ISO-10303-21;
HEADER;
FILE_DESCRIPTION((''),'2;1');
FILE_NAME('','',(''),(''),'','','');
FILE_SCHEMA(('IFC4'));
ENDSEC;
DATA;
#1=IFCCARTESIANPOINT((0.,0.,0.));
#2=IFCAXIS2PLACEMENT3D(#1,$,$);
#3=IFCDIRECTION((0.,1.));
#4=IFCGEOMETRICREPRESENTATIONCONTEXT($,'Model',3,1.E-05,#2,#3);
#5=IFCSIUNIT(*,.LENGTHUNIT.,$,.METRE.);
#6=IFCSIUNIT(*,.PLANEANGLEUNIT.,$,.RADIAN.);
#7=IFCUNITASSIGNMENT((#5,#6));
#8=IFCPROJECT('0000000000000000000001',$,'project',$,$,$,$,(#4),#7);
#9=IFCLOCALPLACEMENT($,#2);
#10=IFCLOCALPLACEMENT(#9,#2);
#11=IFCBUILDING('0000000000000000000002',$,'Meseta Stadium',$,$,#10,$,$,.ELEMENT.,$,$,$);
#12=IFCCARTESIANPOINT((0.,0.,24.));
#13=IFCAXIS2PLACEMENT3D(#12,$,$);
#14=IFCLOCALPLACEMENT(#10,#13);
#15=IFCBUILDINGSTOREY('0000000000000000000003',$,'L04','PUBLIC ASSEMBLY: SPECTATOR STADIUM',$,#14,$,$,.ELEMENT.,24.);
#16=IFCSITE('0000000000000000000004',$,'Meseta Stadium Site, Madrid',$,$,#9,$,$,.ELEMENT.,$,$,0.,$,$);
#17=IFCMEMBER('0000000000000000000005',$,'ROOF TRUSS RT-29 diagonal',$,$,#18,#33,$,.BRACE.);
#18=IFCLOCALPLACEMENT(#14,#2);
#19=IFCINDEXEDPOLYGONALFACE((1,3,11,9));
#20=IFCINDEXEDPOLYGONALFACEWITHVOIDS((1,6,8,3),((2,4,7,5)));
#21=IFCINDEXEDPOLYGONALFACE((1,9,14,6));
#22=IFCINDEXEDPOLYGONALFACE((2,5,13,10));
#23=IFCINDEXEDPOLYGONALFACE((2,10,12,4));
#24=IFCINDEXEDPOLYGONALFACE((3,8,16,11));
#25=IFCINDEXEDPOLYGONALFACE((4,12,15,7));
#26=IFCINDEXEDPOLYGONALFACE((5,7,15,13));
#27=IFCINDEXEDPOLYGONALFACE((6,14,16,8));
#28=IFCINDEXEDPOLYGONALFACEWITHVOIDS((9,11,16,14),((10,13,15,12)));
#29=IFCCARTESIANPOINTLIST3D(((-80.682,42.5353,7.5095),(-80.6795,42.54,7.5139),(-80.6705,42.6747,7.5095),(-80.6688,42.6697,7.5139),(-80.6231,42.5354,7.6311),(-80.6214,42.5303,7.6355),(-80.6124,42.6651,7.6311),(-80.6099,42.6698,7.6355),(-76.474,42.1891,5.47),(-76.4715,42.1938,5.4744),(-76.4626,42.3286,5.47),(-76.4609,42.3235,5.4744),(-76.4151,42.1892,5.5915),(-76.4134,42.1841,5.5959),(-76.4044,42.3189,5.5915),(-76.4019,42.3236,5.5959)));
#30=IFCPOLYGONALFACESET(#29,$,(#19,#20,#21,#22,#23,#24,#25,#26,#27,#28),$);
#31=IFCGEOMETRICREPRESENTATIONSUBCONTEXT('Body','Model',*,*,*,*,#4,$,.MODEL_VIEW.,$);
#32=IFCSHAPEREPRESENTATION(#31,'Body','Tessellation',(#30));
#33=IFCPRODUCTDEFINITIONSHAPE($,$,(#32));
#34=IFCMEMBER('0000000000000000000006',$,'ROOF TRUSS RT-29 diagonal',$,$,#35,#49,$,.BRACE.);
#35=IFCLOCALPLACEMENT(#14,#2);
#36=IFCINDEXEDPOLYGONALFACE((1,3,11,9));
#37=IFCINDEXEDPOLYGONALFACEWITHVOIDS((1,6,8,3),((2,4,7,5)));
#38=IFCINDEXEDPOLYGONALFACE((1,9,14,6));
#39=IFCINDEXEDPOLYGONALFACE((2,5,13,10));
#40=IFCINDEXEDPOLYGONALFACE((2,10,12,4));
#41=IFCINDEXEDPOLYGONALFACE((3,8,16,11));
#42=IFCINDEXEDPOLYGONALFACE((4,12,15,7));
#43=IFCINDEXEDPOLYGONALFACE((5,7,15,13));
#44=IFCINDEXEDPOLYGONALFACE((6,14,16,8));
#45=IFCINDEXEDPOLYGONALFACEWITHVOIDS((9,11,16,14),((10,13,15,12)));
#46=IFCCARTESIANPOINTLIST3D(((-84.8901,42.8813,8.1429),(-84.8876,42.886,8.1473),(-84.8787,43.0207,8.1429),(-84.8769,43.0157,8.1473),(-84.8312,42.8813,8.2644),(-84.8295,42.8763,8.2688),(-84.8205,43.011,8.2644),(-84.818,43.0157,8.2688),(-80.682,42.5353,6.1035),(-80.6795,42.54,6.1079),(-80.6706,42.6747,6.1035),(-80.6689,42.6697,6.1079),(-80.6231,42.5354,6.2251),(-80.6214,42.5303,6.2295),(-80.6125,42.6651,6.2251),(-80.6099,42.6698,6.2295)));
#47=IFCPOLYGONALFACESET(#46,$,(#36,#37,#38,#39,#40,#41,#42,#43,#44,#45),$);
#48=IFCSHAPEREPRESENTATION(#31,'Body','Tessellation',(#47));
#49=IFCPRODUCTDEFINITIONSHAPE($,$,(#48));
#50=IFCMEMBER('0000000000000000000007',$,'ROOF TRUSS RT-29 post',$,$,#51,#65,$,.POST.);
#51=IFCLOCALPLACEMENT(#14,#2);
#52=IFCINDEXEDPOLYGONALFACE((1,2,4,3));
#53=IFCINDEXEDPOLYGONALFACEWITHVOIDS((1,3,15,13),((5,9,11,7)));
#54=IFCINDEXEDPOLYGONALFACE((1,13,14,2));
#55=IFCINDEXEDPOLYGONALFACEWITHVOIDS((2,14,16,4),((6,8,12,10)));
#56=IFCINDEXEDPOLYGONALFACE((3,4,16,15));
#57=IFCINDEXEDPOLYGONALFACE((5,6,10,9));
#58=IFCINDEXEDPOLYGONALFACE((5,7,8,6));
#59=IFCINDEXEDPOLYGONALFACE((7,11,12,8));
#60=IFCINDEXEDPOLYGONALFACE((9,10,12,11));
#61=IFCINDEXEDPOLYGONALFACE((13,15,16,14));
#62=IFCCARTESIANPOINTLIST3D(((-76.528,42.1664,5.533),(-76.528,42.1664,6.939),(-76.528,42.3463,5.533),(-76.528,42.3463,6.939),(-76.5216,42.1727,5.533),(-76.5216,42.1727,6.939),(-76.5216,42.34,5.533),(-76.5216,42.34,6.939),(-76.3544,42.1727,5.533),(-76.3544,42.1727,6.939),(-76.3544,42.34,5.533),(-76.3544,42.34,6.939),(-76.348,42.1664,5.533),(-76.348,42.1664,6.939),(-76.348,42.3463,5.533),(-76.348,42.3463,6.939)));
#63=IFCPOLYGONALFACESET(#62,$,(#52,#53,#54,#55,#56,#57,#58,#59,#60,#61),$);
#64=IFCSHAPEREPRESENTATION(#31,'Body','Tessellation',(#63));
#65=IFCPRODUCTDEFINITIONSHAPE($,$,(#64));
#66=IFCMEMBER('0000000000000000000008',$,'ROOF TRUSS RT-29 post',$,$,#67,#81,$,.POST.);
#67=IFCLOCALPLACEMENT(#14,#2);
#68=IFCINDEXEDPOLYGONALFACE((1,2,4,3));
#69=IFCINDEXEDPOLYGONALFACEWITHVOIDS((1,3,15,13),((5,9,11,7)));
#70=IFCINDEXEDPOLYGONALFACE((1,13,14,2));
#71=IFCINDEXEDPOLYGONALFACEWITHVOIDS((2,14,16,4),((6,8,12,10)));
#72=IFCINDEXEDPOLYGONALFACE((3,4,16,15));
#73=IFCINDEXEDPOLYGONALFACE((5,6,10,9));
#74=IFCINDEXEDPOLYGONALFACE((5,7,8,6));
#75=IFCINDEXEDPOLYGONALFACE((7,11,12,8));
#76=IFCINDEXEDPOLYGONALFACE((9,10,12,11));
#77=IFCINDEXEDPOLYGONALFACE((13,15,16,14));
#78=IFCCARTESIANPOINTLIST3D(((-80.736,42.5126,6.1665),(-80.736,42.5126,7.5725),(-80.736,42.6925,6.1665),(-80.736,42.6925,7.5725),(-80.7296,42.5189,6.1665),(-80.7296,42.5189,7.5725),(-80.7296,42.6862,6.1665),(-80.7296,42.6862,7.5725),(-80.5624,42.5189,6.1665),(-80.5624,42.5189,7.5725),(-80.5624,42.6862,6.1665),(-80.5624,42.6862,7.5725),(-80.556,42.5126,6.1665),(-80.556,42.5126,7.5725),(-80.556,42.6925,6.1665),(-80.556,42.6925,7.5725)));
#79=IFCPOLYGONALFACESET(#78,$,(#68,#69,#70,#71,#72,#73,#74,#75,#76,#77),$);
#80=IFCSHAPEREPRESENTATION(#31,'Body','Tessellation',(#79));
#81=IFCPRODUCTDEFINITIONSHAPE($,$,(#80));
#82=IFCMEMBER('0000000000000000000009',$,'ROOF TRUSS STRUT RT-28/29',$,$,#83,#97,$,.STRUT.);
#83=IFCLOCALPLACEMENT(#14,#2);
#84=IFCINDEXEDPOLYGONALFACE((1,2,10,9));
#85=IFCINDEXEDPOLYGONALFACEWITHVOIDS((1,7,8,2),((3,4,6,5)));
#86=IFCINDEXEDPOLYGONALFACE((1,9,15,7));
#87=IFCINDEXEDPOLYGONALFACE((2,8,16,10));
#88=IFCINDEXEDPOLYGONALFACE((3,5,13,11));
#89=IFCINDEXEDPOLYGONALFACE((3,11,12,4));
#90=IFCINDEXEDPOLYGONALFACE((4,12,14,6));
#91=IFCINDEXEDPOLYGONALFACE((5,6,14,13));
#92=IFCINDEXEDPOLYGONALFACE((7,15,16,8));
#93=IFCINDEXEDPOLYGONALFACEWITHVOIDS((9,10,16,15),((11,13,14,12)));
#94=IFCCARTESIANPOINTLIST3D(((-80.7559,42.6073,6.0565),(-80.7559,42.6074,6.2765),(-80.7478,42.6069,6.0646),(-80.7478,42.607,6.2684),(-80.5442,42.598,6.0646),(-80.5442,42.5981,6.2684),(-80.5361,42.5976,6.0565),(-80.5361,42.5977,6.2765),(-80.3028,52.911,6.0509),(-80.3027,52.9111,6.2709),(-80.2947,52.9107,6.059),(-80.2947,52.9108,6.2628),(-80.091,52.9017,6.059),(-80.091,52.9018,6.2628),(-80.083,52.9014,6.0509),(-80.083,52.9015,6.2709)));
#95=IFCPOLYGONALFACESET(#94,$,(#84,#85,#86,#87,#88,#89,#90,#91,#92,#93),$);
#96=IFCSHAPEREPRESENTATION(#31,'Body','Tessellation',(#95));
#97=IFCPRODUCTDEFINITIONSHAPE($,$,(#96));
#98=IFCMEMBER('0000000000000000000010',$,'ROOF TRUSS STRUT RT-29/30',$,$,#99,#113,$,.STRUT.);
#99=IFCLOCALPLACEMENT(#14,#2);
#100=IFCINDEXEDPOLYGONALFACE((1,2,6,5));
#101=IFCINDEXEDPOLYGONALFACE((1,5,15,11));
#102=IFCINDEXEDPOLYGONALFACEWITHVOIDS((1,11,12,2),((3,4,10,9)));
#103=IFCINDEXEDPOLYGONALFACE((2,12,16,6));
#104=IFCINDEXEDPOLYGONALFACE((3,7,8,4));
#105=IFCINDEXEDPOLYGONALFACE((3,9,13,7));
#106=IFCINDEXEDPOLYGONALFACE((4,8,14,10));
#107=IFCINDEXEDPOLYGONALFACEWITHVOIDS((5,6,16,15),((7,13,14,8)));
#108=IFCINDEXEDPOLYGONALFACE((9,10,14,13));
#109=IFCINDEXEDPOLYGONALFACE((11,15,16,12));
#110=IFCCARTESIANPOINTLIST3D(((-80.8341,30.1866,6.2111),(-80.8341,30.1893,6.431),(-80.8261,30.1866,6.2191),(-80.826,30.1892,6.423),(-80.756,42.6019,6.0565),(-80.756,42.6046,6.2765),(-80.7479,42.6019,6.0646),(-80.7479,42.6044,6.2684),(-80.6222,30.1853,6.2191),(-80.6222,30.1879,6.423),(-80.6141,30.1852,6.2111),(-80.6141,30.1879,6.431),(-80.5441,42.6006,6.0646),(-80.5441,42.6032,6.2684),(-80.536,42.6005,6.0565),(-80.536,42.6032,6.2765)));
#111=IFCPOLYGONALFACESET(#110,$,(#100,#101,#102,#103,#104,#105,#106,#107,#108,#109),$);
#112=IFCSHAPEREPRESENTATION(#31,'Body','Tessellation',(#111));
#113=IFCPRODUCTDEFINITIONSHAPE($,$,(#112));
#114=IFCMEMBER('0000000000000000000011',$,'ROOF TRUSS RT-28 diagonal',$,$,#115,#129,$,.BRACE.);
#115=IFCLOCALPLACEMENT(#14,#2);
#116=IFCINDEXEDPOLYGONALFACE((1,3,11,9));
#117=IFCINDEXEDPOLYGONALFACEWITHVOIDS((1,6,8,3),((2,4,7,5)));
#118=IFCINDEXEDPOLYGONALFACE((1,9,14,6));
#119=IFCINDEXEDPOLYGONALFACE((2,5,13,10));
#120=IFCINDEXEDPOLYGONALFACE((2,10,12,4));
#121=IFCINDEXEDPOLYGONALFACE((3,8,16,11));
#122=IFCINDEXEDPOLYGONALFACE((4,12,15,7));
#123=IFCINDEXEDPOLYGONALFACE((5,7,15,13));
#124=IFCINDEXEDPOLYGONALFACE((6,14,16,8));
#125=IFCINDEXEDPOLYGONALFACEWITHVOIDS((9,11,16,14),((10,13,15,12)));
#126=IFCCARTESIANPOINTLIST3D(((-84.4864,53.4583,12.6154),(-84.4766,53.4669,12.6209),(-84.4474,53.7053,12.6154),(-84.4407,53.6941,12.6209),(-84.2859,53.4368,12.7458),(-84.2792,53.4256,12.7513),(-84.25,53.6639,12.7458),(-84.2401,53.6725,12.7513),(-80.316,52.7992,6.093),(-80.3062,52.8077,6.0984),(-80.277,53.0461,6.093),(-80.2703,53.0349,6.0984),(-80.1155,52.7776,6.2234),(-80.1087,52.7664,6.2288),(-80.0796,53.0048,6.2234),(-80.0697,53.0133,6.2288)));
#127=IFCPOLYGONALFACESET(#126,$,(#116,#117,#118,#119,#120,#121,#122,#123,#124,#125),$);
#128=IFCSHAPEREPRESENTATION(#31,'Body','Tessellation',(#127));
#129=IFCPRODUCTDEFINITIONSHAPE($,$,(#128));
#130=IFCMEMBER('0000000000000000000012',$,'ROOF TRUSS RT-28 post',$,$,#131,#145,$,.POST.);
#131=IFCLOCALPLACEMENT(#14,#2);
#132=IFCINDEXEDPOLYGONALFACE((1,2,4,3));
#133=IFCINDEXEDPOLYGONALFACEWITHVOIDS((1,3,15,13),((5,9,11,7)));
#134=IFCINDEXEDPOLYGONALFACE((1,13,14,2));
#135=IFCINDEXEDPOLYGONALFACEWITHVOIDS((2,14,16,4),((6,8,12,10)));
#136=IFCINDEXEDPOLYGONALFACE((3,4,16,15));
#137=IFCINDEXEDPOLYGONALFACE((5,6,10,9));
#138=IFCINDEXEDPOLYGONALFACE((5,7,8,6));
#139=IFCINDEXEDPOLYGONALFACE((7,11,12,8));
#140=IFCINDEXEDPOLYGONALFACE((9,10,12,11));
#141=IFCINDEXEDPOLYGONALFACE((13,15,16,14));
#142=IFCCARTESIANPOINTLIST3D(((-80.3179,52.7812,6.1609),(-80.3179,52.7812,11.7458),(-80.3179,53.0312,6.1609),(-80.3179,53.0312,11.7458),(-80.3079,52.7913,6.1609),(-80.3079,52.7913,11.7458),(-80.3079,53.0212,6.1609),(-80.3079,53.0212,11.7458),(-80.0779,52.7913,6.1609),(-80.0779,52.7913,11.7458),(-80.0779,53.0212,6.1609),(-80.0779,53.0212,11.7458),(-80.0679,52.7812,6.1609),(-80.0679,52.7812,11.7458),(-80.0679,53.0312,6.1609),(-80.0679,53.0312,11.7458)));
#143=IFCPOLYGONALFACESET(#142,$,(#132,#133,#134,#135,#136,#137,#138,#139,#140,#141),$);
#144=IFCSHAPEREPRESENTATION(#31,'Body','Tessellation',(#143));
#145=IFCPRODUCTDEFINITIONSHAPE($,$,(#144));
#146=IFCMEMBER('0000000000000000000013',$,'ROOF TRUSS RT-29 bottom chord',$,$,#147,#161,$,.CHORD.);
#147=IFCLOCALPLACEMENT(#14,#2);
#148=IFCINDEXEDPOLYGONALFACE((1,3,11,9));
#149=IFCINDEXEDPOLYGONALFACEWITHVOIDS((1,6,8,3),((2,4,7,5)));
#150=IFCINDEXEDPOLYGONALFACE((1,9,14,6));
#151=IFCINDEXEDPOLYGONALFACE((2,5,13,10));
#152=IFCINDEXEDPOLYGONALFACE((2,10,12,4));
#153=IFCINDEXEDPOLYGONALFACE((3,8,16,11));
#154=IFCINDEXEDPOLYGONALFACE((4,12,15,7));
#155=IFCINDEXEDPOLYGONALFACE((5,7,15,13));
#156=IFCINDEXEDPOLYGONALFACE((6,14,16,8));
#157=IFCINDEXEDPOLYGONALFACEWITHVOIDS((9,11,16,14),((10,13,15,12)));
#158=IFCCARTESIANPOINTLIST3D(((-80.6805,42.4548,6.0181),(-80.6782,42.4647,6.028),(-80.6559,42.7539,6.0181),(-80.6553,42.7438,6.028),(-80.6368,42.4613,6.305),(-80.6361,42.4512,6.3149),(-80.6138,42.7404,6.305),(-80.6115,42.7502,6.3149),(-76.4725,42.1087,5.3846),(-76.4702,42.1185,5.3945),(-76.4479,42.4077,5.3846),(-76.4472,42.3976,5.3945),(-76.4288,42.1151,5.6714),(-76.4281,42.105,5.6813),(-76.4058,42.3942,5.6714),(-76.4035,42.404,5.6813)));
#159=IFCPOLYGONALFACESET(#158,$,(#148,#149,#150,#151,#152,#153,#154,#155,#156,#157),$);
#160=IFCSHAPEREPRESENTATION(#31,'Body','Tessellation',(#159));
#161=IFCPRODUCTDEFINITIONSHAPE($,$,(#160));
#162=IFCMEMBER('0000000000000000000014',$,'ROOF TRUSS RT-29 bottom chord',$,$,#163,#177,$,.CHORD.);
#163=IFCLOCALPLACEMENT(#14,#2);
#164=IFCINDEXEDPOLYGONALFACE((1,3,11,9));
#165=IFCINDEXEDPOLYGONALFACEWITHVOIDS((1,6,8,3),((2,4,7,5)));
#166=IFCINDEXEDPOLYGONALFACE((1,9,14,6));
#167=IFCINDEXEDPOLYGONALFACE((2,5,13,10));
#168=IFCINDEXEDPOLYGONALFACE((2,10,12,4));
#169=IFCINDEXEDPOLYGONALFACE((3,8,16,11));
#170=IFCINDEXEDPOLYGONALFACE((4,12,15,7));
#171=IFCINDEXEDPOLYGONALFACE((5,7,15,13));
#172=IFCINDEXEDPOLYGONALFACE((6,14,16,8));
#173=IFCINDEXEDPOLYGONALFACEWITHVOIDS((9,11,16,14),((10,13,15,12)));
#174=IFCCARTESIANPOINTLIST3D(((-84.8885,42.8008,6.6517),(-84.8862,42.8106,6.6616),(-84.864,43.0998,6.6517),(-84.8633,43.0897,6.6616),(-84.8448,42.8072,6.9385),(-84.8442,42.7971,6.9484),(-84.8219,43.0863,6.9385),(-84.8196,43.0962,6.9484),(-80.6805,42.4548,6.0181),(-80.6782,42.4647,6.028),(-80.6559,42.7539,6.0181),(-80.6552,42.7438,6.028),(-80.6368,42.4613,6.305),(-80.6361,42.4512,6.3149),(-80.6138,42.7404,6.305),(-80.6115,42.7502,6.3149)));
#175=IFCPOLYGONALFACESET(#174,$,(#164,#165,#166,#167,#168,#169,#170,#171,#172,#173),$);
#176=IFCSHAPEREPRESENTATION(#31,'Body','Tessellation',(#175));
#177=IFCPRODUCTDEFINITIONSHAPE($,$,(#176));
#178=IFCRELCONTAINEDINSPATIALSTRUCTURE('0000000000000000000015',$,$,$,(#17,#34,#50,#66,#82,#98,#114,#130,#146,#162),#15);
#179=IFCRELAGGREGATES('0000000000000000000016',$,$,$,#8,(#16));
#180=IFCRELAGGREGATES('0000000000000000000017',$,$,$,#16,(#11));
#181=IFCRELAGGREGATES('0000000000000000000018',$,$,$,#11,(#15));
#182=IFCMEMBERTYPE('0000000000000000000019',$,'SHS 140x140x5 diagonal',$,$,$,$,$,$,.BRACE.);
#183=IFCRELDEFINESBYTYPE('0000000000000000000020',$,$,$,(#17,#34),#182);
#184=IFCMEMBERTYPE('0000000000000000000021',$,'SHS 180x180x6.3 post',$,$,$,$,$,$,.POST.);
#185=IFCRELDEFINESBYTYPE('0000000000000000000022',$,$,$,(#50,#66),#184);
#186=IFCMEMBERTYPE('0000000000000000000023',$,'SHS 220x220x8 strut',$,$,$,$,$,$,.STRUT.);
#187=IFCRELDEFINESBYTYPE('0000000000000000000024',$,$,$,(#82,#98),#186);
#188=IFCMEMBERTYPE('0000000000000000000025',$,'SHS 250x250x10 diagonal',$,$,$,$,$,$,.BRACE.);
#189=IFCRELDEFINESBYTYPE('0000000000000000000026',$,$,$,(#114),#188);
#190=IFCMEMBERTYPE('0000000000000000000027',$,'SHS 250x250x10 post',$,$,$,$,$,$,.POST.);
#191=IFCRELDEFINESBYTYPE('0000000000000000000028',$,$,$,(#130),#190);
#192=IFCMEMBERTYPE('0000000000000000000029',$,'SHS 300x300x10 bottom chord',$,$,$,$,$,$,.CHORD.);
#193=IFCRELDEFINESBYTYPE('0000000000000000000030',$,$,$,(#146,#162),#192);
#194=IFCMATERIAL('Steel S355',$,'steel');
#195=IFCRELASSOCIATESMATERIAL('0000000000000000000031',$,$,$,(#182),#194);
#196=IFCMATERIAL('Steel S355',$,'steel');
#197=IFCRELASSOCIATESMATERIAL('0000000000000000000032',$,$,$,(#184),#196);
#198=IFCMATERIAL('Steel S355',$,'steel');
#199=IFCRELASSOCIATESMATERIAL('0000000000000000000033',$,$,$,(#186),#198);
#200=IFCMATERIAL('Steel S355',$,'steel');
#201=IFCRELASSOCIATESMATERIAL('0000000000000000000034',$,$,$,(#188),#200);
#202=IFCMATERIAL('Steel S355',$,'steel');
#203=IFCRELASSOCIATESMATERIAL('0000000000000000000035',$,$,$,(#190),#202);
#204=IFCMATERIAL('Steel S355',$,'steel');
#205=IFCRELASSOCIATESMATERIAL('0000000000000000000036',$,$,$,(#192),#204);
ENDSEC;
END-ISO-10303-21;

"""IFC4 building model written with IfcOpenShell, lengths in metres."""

from ifc_helpers import new_model, si_unit, direction, frame, origin, origin_2d, place, context, subcontext, project, spatial, hollow_rectangle, extrude, material, material_profile, profile_set, type_object, element, save


model = new_model("IFC4")

# Units and contexts
model_context = context("Model", 3, precision=1e-05, world=origin(), true_north=direction((0.0, 1.0)))
body_context = subcontext(model_context, "Body", "Model", "MODEL_VIEW")
ifc_project = project(units=[si_unit("LENGTHUNIT", "METRE"), si_unit("PLANEANGLEUNIT", "RADIAN")], contexts=[model_context])

# Site, building, storey
site_placement = place(None, origin())
site = spatial("IfcSite", under=ifc_project, at=site_placement, Name="Meseta Stadium Site, Madrid", CompositionType="ELEMENT", RefElevation=0.0)
building_placement = place(site_placement, origin())
building = spatial("IfcBuilding", under=site, at=building_placement, Name="Meseta Stadium", CompositionType="ELEMENT")
storey_placement = place(building_placement, frame((0.0, 0.0, 24.0)))
storey = spatial("IfcBuildingStorey", under=building, at=storey_placement, Name="L04", Description="PUBLIC ASSEMBLY: SPECTATOR STADIUM", CompositionType="ELEMENT", Elevation=24.0)

# Members
ifc_material_1 = material(Name="Steel S355", Category="steel")
ifc_material_profile_1 = material_profile(ifc_material_1, hollow_rectangle(XDim=0.1399, YDim=0.1399, WallThickness=0.0049, at=origin_2d()), Name="SHS 140x140x5")
ifc_profile_set_1 = profile_set([ifc_material_profile_1], Name="Steel S355")
member_type_1 = type_object("IfcMemberType", Name="SHS 140x140x5 diagonal", PredefinedType="BRACE", material=ifc_profile_set_1)
for number, where, z_axis, x_axis, name in (
    (1, (-76.438, 42.2563, 5.533), (-0.897417, 0.07383, 0.434963), (-0.081993, -0.996633, 0.0), "ROOF TRUSS RT-29 diagonal"),
    (2, (-80.646, 42.6025, 6.1665), (-0.89744, 0.07378, 0.434922), (-0.081935, -0.996638, 0.0), "ROOF TRUSS RT-29 diagonal"),
):
    element("IfcMember", number, at=place(storey_placement, frame(where, z_axis=z_axis, x_axis=x_axis)), inside=storey, type_object=member_type_1, Name=name, PredefinedType="BRACE", context=body_context, shape_type="SweptSolid", body=[
        extrude(hollow_rectangle(XDim=0.1399, YDim=0.1399, WallThickness=0.0049, at=origin_2d()), origin(), (0.0, 0.0, 1.0), 4.689),
    ])
ifc_material_2 = material(Name="Steel S355", Category="steel")
ifc_material_profile_2 = material_profile(ifc_material_2, hollow_rectangle(XDim=0.1799, YDim=0.1799, WallThickness=0.0063, at=origin_2d()), Name="SHS 180x180x6.3")
ifc_profile_set_2 = profile_set([ifc_material_profile_2], Name="Steel S355")
member_type_2 = type_object("IfcMemberType", Name="SHS 180x180x6.3 post", PredefinedType="POST", material=ifc_profile_set_2)
for number, where, z_axis, x_axis, name in (
    (3, (-76.438, 42.2563, 5.533), (0.0, 0.0, 1.0), (1.0, 0.0, 0.0), "ROOF TRUSS RT-29 post"),
    (4, (-80.646, 42.6025, 6.1665), (0.0, 0.0, 1.0), (1.0, 0.0, 0.0), "ROOF TRUSS RT-29 post"),
):
    element("IfcMember", number, at=place(storey_placement, frame(where, z_axis=z_axis, x_axis=x_axis)), inside=storey, type_object=member_type_2, Name=name, PredefinedType="POST", context=body_context, shape_type="SweptSolid", body=[
        extrude(hollow_rectangle(XDim=0.1799, YDim=0.1799, WallThickness=0.0063, at=origin_2d()), origin(), (0.0, 0.0, 1.0), 1.406),
    ])
ifc_material_3 = material(Name="Steel S355", Category="steel")
ifc_material_profile_3 = material_profile(ifc_material_3, hollow_rectangle(XDim=0.22, YDim=0.22, WallThickness=0.0081, at=origin_2d()), Name="SHS 220x220x8")
ifc_profile_set_3 = profile_set([ifc_material_profile_3], Name="Steel S355")
member_type_3 = type_object("IfcMemberType", Name="SHS 220x220x8 strut", PredefinedType="STRUT", material=ifc_profile_set_3)
member_1_placement = place(storey_placement, frame((-80.1929, 52.9062, 6.1609), z_axis=(-0.043934, -0.999034, 0.000544), x_axis=(0.999034, -0.043934, 0.0)))
element("IfcMember", 5, at=member_1_placement, inside=storey, type_object=member_type_3, Name="ROOF TRUSS STRUT RT-28/29", PredefinedType="STRUT", context=body_context, shape_type="SweptSolid", body=[
    extrude(hollow_rectangle(XDim=0.22, YDim=0.22, WallThickness=0.0081, at=origin_2d()), origin(), (0.0, 0.0, 1.0), 10.3137),
])
member_2_placement = place(storey_placement, frame((-80.646, 42.6025, 6.1665), z_axis=(-0.006292, -0.999903, 0.012446), x_axis=(0.99998, -0.006293, 0.0)))
element("IfcMember", 6, at=member_2_placement, inside=storey, type_object=member_type_3, Name="ROOF TRUSS STRUT RT-29/30", PredefinedType="STRUT", context=body_context, shape_type="SweptSolid", body=[
    extrude(hollow_rectangle(XDim=0.22, YDim=0.22, WallThickness=0.0081, at=origin_2d()), origin(), (0.0, 0.0, 1.0), 12.4165),
])
ifc_material_4 = material(Name="Steel S355", Category="steel")
ifc_material_profile_4 = material_profile(ifc_material_4, hollow_rectangle(XDim=0.25, YDim=0.25, WallThickness=0.01, at=origin_2d()), Name="SHS 250x250x10")
ifc_profile_set_4 = profile_set([ifc_material_profile_4], Name="Steel S355")
member_type_4 = type_object("IfcMemberType", Name="SHS 250x250x10 diagonal", PredefinedType="BRACE", material=ifc_profile_set_4)
member_3_placement = place(storey_placement, frame((-80.1929, 52.9062, 6.1609), z_axis=(-0.536748, 0.084839, 0.839466), x_axis=(-0.156123, -0.987738, 0.0)))
element("IfcMember", 7, at=member_3_placement, inside=storey, type_object=member_type_4, Name="ROOF TRUSS RT-28 diagonal", PredefinedType="BRACE", context=body_context, shape_type="SweptSolid", body=[
    extrude(hollow_rectangle(XDim=0.25, YDim=0.25, WallThickness=0.01, at=origin_2d()), origin(), (0.0, 0.0, 1.0), 7.7698),
])
ifc_material_5 = material(Name="Steel S355", Category="steel")
ifc_material_profile_5 = material_profile(ifc_material_5, hollow_rectangle(XDim=0.25, YDim=0.25, WallThickness=0.01, at=origin_2d()), Name="SHS 250x250x10")
ifc_profile_set_5 = profile_set([ifc_material_profile_5], Name="Steel S355")
member_type_5 = type_object("IfcMemberType", Name="SHS 250x250x10 post", PredefinedType="POST", material=ifc_profile_set_5)
member_4_placement = place(storey_placement, frame((-80.1929, 52.9062, 6.1609), z_axis=(0.0, 0.0, 1.0), x_axis=(1.0, 0.0, 0.0)))
element("IfcMember", 8, at=member_4_placement, inside=storey, type_object=member_type_5, Name="ROOF TRUSS RT-28 post", PredefinedType="POST", context=body_context, shape_type="SweptSolid", body=[
    extrude(hollow_rectangle(XDim=0.25, YDim=0.25, WallThickness=0.01, at=origin_2d()), origin(), (0.0, 0.0, 1.0), 5.585),
])
ifc_material_6 = material(Name="Steel S355", Category="steel")
ifc_material_profile_6 = material_profile(ifc_material_6, hollow_rectangle(XDim=0.3, YDim=0.3, WallThickness=0.01, at=origin_2d()), Name="SHS 300x300x10")
ifc_profile_set_6 = profile_set([ifc_material_profile_6], Name="Steel S355")
member_type_6 = type_object("IfcMemberType", Name="SHS 300x300x10 bottom chord", PredefinedType="CHORD", material=ifc_profile_set_6)
for number, where, z_axis, x_axis, name in (
    (9, (-76.438, 42.2563, 5.533), (-0.985599, 0.081085, 0.148389), (-0.081993, -0.996633, 0.0), "ROOF TRUSS RT-29 bottom chord"),
    (10, (-80.646, 42.6025, 6.1665), (-0.985604, 0.081028, 0.14839), (-0.081935, -0.996638, 0.0), "ROOF TRUSS RT-29 bottom chord"),
):
    element("IfcMember", number, at=place(storey_placement, frame(where, z_axis=z_axis, x_axis=x_axis)), inside=storey, type_object=member_type_6, Name=name, PredefinedType="CHORD", context=body_context, shape_type="SweptSolid", body=[
        extrude(hollow_rectangle(XDim=0.3, YDim=0.3, WallThickness=0.01, at=origin_2d()), origin(), (0.0, 0.0, 1.0), 4.2695),
    ])

save(model, "model.ifc")
